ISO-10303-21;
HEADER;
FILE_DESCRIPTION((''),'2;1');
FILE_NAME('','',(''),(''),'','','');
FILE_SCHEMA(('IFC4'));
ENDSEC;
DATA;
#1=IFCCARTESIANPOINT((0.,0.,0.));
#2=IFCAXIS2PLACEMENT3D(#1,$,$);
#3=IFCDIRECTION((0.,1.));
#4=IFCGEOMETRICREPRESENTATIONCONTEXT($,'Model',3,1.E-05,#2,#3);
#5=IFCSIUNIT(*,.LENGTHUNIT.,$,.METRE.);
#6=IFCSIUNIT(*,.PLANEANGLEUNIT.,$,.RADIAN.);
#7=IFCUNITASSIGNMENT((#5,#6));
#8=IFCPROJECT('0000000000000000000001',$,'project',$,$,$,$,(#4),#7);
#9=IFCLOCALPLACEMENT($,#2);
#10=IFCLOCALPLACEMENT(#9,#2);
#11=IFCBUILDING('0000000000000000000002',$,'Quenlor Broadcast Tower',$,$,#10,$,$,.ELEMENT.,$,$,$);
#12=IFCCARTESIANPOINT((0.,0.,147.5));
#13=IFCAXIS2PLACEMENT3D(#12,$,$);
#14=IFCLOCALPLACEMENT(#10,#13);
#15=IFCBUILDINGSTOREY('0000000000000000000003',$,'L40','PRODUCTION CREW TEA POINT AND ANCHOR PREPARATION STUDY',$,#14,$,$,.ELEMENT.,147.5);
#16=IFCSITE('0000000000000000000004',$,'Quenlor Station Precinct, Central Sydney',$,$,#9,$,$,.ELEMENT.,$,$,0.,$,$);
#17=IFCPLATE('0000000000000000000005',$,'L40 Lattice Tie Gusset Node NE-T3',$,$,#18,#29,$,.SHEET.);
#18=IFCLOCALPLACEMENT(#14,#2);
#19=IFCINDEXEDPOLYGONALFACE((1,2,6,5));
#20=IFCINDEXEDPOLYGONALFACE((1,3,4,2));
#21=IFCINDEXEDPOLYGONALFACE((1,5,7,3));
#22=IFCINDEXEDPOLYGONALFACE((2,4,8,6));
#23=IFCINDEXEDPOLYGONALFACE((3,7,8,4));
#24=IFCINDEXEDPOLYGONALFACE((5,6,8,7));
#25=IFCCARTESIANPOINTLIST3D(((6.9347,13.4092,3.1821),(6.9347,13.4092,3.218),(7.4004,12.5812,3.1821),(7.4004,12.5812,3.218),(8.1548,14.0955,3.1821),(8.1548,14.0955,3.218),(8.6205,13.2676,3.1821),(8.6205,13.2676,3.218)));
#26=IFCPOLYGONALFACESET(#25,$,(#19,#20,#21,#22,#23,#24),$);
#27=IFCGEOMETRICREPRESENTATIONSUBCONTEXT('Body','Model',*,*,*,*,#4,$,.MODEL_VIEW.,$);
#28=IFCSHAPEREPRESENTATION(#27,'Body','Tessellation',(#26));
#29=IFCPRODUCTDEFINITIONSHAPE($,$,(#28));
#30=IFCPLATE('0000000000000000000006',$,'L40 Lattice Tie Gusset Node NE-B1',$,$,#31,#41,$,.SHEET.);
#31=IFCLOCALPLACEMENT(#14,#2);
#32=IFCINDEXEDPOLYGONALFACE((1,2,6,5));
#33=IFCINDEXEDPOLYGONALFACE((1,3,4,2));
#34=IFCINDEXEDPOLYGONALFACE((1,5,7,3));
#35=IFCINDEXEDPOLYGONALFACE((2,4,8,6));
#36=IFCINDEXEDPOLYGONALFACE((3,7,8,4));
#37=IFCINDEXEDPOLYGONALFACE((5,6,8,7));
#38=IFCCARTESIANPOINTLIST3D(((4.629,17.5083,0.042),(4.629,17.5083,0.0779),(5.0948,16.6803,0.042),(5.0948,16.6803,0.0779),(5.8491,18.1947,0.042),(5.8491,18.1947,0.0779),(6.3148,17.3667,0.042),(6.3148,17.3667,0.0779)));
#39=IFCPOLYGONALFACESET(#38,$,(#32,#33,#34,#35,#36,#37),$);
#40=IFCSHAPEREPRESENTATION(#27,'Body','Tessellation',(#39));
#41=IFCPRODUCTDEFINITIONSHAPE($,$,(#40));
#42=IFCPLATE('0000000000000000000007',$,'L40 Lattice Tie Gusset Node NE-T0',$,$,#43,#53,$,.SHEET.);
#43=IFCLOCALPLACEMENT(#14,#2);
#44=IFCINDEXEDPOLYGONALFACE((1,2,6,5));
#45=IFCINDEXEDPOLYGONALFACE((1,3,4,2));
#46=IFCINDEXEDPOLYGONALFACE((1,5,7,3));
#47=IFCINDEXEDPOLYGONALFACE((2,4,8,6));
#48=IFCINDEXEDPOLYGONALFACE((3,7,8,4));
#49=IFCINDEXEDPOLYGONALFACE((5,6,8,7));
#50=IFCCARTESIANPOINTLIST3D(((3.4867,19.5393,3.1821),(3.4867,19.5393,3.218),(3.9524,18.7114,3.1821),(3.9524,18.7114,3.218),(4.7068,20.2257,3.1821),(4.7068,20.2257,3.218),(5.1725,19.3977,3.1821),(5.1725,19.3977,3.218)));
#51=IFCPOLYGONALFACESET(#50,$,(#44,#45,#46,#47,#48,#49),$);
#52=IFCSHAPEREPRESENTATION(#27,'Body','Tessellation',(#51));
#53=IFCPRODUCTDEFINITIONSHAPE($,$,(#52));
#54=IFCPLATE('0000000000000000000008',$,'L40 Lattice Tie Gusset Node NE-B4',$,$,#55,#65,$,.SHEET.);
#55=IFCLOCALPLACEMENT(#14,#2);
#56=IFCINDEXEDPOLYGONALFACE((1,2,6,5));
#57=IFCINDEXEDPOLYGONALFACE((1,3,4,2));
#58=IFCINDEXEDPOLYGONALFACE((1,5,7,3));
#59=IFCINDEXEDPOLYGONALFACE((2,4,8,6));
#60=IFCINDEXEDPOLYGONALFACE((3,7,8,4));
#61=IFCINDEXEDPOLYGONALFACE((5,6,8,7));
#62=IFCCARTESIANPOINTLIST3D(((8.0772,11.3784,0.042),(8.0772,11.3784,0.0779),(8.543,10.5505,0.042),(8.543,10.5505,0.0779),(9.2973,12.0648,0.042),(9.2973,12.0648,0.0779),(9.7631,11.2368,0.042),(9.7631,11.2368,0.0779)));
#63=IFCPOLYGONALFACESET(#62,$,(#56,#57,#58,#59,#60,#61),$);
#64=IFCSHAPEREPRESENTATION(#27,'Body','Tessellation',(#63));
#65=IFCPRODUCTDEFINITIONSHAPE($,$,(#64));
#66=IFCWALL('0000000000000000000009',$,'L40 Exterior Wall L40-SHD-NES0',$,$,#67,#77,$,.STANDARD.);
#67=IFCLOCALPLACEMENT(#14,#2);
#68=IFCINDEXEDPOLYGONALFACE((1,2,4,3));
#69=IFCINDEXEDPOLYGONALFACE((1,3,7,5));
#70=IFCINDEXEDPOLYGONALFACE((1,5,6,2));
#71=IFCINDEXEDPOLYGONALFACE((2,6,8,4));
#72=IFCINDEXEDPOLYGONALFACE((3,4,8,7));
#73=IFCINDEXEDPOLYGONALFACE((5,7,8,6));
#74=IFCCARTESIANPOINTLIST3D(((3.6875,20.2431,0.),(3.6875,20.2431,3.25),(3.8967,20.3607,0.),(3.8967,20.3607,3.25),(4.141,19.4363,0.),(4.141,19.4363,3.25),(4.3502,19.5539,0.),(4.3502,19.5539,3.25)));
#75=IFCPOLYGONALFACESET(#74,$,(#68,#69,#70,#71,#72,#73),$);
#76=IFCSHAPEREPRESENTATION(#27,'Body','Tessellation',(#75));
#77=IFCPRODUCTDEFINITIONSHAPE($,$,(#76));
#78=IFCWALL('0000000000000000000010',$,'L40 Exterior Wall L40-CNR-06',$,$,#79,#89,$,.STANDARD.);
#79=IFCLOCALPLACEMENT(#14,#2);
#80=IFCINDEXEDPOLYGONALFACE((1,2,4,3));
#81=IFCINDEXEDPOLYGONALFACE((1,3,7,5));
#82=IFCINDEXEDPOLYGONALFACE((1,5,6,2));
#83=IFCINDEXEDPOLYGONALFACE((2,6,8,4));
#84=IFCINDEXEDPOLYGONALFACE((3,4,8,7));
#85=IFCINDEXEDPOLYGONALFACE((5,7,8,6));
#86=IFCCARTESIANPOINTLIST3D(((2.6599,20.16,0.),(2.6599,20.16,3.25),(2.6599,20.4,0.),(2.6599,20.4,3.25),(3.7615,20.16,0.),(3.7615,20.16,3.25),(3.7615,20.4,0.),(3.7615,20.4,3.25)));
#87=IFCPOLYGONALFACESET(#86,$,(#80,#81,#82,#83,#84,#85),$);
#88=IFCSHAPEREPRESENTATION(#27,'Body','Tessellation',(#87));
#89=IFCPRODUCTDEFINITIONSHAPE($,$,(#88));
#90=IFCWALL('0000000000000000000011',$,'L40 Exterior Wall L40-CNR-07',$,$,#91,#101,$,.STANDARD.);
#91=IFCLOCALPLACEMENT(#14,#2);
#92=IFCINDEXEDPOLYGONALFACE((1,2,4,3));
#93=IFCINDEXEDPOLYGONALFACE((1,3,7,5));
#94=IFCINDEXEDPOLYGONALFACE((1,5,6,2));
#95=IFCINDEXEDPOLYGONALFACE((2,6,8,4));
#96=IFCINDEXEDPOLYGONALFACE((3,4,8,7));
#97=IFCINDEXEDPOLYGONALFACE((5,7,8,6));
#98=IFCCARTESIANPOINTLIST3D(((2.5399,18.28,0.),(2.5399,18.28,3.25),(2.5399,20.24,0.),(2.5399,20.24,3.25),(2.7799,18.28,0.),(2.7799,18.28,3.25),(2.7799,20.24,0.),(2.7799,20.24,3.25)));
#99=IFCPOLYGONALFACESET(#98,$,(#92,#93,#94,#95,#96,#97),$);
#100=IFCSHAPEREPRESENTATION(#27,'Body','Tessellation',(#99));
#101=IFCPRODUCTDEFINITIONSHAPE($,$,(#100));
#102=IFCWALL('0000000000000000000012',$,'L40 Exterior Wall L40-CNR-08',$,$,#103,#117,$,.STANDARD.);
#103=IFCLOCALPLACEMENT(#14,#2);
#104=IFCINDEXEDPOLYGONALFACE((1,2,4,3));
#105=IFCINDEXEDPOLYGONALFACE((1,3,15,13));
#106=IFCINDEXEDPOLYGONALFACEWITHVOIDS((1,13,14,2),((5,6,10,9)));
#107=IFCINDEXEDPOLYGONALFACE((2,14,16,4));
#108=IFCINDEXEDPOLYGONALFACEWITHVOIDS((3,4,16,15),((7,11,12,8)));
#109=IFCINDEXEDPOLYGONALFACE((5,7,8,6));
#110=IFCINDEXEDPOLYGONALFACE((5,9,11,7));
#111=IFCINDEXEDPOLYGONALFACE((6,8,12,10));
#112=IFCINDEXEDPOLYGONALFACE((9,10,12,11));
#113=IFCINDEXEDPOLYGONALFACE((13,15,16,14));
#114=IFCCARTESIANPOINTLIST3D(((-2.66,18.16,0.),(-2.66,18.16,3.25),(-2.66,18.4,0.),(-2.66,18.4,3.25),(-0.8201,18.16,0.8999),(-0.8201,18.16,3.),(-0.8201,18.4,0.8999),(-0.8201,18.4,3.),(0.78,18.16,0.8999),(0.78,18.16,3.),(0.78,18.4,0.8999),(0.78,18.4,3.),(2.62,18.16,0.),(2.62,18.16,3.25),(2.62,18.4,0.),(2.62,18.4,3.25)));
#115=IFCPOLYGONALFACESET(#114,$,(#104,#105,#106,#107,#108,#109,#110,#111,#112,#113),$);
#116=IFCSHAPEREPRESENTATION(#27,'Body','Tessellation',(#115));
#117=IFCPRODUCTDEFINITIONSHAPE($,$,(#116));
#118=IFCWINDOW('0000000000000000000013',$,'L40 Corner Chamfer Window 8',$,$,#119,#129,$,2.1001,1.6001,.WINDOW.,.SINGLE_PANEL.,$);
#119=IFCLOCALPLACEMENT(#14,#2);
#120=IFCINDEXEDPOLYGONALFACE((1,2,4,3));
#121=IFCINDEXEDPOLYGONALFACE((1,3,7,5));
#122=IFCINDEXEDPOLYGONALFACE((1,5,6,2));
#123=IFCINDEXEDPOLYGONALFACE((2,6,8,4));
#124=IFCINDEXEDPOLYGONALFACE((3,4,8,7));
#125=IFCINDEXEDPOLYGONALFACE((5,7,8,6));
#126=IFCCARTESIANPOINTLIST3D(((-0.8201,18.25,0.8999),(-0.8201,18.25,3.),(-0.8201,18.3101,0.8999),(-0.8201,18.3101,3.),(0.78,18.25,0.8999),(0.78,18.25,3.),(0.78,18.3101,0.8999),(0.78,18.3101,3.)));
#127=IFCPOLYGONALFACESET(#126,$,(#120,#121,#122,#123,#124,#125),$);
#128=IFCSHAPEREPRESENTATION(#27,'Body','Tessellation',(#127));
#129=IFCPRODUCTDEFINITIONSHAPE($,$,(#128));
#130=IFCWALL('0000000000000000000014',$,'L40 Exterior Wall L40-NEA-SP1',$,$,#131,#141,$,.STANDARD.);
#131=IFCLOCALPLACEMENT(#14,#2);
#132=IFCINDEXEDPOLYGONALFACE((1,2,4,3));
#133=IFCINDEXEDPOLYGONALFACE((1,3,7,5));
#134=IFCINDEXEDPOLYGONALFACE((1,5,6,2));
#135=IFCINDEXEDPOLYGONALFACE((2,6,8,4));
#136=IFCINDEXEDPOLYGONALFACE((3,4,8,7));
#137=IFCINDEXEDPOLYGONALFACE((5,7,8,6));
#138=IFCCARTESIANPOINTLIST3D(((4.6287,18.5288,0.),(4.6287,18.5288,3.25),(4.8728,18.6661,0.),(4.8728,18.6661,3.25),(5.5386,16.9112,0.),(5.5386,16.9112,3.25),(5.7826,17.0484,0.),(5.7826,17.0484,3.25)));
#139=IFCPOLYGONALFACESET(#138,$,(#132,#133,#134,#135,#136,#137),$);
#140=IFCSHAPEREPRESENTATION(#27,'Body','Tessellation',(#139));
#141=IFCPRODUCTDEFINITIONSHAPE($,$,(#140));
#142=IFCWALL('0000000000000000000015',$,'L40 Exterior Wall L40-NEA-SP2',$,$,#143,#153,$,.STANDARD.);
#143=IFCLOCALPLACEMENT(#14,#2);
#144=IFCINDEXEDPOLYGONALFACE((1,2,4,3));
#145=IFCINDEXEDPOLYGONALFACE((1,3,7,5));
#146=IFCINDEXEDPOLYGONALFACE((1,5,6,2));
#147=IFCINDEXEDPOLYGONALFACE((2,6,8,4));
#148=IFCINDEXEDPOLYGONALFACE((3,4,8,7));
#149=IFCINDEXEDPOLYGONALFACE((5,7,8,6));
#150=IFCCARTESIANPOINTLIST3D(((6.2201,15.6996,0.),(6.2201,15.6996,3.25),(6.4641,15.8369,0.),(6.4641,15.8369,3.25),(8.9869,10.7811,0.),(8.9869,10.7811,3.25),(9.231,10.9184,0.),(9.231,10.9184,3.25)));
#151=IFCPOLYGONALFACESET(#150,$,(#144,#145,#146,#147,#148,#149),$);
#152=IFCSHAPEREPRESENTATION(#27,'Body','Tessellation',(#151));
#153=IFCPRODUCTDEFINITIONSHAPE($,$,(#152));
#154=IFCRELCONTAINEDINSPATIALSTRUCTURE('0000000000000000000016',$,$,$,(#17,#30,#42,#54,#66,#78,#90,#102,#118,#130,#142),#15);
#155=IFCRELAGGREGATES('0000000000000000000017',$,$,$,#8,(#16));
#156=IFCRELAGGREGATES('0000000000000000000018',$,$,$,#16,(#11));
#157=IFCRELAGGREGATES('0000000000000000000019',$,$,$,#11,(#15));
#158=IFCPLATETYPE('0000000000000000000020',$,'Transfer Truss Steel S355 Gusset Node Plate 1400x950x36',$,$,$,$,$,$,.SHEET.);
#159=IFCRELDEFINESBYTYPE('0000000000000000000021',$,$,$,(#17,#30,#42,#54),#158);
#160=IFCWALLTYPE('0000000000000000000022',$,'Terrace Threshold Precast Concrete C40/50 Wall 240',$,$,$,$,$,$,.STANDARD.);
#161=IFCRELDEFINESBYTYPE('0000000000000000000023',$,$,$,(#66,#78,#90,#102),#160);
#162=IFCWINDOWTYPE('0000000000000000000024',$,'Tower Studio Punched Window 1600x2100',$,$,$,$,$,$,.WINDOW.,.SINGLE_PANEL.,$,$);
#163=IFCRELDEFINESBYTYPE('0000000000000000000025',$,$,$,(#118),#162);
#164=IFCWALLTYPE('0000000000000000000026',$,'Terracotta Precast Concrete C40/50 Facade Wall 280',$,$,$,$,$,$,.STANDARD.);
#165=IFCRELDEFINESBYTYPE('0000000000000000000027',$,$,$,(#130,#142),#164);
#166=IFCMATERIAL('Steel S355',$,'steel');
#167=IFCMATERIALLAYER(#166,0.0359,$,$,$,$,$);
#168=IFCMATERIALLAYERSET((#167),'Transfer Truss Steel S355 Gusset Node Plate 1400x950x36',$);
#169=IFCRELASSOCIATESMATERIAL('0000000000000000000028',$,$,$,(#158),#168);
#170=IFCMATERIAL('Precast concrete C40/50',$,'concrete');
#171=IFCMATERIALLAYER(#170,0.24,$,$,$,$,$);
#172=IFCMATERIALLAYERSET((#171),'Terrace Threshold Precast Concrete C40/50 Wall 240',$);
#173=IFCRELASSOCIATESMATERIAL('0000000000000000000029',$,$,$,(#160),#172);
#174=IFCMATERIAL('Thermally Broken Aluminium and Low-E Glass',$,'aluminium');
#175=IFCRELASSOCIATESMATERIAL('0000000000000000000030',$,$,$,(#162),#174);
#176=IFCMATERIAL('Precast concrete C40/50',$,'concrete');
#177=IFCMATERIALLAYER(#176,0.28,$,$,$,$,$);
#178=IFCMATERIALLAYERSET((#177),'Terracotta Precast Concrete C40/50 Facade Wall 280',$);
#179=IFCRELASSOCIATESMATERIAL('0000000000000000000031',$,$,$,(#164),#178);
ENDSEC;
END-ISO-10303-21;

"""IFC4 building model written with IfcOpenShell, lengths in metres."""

from ifc_helpers import new_model, si_unit, direction, frame, frame_2d, origin, origin_2d, place, context, subcontext, project, spatial, rectangle, extrude, material, layer, layer_set, type_object, element, fill, save


model = new_model("IFC4")

# Units and contexts
model_context = context("Model", 3, precision=1e-05, world=origin(), true_north=direction((0.0, 1.0)))
body_context = subcontext(model_context, "Body", "Model", "MODEL_VIEW")
ifc_project = project(units=[si_unit("LENGTHUNIT", "METRE"), si_unit("PLANEANGLEUNIT", "RADIAN")], contexts=[model_context])

# Site, building, storey
site_placement = place(None, origin())
site = spatial("IfcSite", under=ifc_project, at=site_placement, Name="Quenlor Station Precinct, Central Sydney", CompositionType="ELEMENT", RefElevation=0.0)
building_placement = place(site_placement, origin())
building = spatial("IfcBuilding", under=site, at=building_placement, Name="Quenlor Broadcast Tower", CompositionType="ELEMENT")
storey_placement = place(building_placement, frame((0.0, 0.0, 147.5)))
storey = spatial("IfcBuildingStorey", under=building, at=storey_placement, Name="L40", Description="PRODUCTION CREW TEA POINT AND ANCHOR PREPARATION STUDY", CompositionType="ELEMENT", Elevation=147.5)

# Plates
ifc_material_1 = material(Name="Steel S355", Category="steel")
ifc_layer_1 = layer(ifc_material_1, 0.0359)
ifc_layer_set_1 = layer_set([ifc_layer_1], Name="Transfer Truss Steel S355 Gusset Node Plate 1400x950x36")
plate_type_1 = type_object("IfcPlateType", Name="Transfer Truss Steel S355 Gusset Node Plate 1400x950x36", PredefinedType="SHEET", material=ifc_layer_set_1)
for number, where, z_axis, x_axis, name in (
    (1, (7.7776, 13.3384, 3.1821), (0.0, 0.0, 1.0), (0.871556, 0.490295, 0.0), "L40 Lattice Tie Gusset Node NE-T3"),
    (2, (5.4719, 17.4375, 0.042), (0.0, 0.0, 1.0), (0.871556, 0.490295, 0.0), "L40 Lattice Tie Gusset Node NE-B1"),
    (3, (4.3296, 19.4685, 3.1821), (0.0, 0.0, 1.0), (0.871556, 0.490295, 0.0), "L40 Lattice Tie Gusset Node NE-T0"),
    (4, (8.9202, 11.3076, 0.042), (0.0, 0.0, 1.0), (0.871556, 0.490295, 0.0), "L40 Lattice Tie Gusset Node NE-B4"),
):
    element("IfcPlate", number, at=place(storey_placement, frame(where, z_axis=z_axis, x_axis=x_axis)), inside=storey, type_object=plate_type_1, Name=name, PredefinedType="SHEET", context=body_context, shape_type="SweptSolid", body=[
        extrude(rectangle(XDim=1.3999, YDim=0.95, at=origin_2d()), origin(), (0.0, 0.0, 1.0), 0.0359),
    ])

# Walls
ifc_material_2 = material(Name="Precast concrete C40/50", Category="concrete")
ifc_layer_2 = layer(ifc_material_2, 0.24)
ifc_layer_set_2 = layer_set([ifc_layer_2], Name="Terrace Threshold Precast Concrete C40/50 Wall 240")
wall_type_1 = type_object("IfcWallType", Name="Terrace Threshold Precast Concrete C40/50 Wall 240", PredefinedType="STANDARD", material=ifc_layer_set_2)
wall_1_placement = place(storey_placement, frame((3.792, 20.302, 0.0), z_axis=(0.0, 0.0, 1.0), x_axis=(0.490048, -0.871695, 0.0)))
element("IfcWall", 5, at=wall_1_placement, inside=storey, type_object=wall_type_1, Name="L40 Exterior Wall L40-SHD-NES0", PredefinedType="STANDARD", context=body_context, shape_type="SweptSolid", body=[
    extrude(rectangle(XDim=0.9255, YDim=0.24, at=frame_2d((0.4629, 0.0))), origin(), (0.0, 0.0, 1.0), 3.25),
])
wall_2_placement = place(storey_placement, frame((3.7615, 20.28, 0.0), z_axis=(0.0, 0.0, 1.0), x_axis=(-1.0, 0.0, 0.0)))
element("IfcWall", 6, at=wall_2_placement, inside=storey, type_object=wall_type_1, Name="L40 Exterior Wall L40-CNR-06", PredefinedType="STANDARD", context=body_context, shape_type="SweptSolid", body=[
    extrude(rectangle(XDim=1.1016, YDim=0.24, at=frame_2d((0.5508, 0.0))), origin(), (0.0, 0.0, 1.0), 3.25),
])
wall_3_placement = place(storey_placement, frame((2.6599, 20.24, 0.0), z_axis=(0.0, 0.0, 1.0), x_axis=(0.0, -1.0, 0.0)))
element("IfcWall", 7, at=wall_3_placement, inside=storey, type_object=wall_type_1, Name="L40 Exterior Wall L40-CNR-07", PredefinedType="STANDARD", context=body_context, shape_type="SweptSolid", body=[
    extrude(rectangle(XDim=1.96, YDim=0.24, at=frame_2d((0.98, 0.0))), origin(), (0.0, 0.0, 1.0), 3.25),
])

# Wall, opening, window
wall_4_placement = place(storey_placement, frame((2.6201, 18.28, 0.0), z_axis=(0.0, 0.0, 1.0), x_axis=(-1.0, 0.0, 0.0)))
wall_4 = element("IfcWall", 8, at=wall_4_placement, inside=storey, type_object=wall_type_1, Name="L40 Exterior Wall L40-CNR-08", PredefinedType="STANDARD", context=body_context, shape_type="SweptSolid", body=[
    extrude(rectangle(XDim=5.28, YDim=0.24, at=frame_2d((2.6401, 0.0))), origin(), (0.0, 0.0, 1.0), 3.25),
])
opening_placement = place(wall_4_placement, frame((1.8401, 0.0, 0.8999)))
opening = element("IfcOpeningElement", 9, at=opening_placement, cuts=wall_4, PredefinedType="OPENING", context=body_context, shape_type="SweptSolid", body=[
    extrude(rectangle(XDim=1.6001, YDim=2.1001, at=frame_2d((0.8, 1.05))), frame((0.0, 0.1299, 0.0), z_axis=(0.0, -1.0, 0.0), x_axis=(1.0, 0.0, 0.0)), (0.0, 0.0, 1.0), 0.26),
])
ifc_material_3 = material(Name="Thermally Broken Aluminium and Low-E Glass", Category="aluminium")
window_type = type_object("IfcWindowType", Name="Tower Studio Punched Window 1600x2100", PartitioningType="SINGLE_PANEL", PredefinedType="WINDOW", material=ifc_material_3)
window_placement = place(opening_placement, origin())
window = element("IfcWindow", 10, at=window_placement, inside=storey, type_object=window_type, Name="L40 Corner Chamfer Window 8", OverallHeight=2.1001, OverallWidth=1.6001, PartitioningType="SINGLE_PANEL", PredefinedType="WINDOW", context=body_context, shape_type="SweptSolid", body=[
    extrude(rectangle(XDim=1.6001, YDim=2.1001, at=frame_2d((0.8, 1.05))), frame((0.0, 0.03, 0.0), z_axis=(0.0, -1.0, 0.0), x_axis=(1.0, 0.0, 0.0)), (0.0, 0.0, 1.0), 0.0601),
])
fill(opening, window)

# Walls
ifc_material_4 = material(Name="Precast concrete C40/50", Category="concrete")
ifc_layer_3 = layer(ifc_material_4, 0.28)
ifc_layer_set_3 = layer_set([ifc_layer_3], Name="Terracotta Precast Concrete C40/50 Facade Wall 280")
wall_type_2 = type_object("IfcWallType", Name="Terracotta Precast Concrete C40/50 Facade Wall 280", PredefinedType="STANDARD", material=ifc_layer_set_3)
wall_5_placement = place(storey_placement, frame((4.7507, 18.5974, 0.0), z_axis=(0.0, 0.0, 1.0), x_axis=(0.490249, -0.871583, 0.0)))
element("IfcWall", 11, at=wall_5_placement, inside=storey, type_object=wall_type_2, Name="L40 Exterior Wall L40-NEA-SP1", PredefinedType="STANDARD", context=body_context, shape_type="SweptSolid", body=[
    extrude(rectangle(XDim=1.856, YDim=0.28, at=frame_2d((0.928, 0.0))), origin(), (0.0, 0.0, 1.0), 3.25),
])
wall_6_placement = place(storey_placement, frame((6.342, 15.7683, 0.0), z_axis=(0.0, 0.0, 1.0), x_axis=(0.49029, -0.871559, 0.0)))
element("IfcWall", 12, at=wall_6_placement, inside=storey, type_object=wall_type_2, Name="L40 Exterior Wall L40-NEA-SP2", PredefinedType="STANDARD", context=body_context, shape_type="SweptSolid", body=[
    extrude(rectangle(XDim=5.6433, YDim=0.28, at=frame_2d((2.8218, 0.0))), origin(), (0.0, 0.0, 1.0), 3.25),
])

save(model, "model.ifc")
